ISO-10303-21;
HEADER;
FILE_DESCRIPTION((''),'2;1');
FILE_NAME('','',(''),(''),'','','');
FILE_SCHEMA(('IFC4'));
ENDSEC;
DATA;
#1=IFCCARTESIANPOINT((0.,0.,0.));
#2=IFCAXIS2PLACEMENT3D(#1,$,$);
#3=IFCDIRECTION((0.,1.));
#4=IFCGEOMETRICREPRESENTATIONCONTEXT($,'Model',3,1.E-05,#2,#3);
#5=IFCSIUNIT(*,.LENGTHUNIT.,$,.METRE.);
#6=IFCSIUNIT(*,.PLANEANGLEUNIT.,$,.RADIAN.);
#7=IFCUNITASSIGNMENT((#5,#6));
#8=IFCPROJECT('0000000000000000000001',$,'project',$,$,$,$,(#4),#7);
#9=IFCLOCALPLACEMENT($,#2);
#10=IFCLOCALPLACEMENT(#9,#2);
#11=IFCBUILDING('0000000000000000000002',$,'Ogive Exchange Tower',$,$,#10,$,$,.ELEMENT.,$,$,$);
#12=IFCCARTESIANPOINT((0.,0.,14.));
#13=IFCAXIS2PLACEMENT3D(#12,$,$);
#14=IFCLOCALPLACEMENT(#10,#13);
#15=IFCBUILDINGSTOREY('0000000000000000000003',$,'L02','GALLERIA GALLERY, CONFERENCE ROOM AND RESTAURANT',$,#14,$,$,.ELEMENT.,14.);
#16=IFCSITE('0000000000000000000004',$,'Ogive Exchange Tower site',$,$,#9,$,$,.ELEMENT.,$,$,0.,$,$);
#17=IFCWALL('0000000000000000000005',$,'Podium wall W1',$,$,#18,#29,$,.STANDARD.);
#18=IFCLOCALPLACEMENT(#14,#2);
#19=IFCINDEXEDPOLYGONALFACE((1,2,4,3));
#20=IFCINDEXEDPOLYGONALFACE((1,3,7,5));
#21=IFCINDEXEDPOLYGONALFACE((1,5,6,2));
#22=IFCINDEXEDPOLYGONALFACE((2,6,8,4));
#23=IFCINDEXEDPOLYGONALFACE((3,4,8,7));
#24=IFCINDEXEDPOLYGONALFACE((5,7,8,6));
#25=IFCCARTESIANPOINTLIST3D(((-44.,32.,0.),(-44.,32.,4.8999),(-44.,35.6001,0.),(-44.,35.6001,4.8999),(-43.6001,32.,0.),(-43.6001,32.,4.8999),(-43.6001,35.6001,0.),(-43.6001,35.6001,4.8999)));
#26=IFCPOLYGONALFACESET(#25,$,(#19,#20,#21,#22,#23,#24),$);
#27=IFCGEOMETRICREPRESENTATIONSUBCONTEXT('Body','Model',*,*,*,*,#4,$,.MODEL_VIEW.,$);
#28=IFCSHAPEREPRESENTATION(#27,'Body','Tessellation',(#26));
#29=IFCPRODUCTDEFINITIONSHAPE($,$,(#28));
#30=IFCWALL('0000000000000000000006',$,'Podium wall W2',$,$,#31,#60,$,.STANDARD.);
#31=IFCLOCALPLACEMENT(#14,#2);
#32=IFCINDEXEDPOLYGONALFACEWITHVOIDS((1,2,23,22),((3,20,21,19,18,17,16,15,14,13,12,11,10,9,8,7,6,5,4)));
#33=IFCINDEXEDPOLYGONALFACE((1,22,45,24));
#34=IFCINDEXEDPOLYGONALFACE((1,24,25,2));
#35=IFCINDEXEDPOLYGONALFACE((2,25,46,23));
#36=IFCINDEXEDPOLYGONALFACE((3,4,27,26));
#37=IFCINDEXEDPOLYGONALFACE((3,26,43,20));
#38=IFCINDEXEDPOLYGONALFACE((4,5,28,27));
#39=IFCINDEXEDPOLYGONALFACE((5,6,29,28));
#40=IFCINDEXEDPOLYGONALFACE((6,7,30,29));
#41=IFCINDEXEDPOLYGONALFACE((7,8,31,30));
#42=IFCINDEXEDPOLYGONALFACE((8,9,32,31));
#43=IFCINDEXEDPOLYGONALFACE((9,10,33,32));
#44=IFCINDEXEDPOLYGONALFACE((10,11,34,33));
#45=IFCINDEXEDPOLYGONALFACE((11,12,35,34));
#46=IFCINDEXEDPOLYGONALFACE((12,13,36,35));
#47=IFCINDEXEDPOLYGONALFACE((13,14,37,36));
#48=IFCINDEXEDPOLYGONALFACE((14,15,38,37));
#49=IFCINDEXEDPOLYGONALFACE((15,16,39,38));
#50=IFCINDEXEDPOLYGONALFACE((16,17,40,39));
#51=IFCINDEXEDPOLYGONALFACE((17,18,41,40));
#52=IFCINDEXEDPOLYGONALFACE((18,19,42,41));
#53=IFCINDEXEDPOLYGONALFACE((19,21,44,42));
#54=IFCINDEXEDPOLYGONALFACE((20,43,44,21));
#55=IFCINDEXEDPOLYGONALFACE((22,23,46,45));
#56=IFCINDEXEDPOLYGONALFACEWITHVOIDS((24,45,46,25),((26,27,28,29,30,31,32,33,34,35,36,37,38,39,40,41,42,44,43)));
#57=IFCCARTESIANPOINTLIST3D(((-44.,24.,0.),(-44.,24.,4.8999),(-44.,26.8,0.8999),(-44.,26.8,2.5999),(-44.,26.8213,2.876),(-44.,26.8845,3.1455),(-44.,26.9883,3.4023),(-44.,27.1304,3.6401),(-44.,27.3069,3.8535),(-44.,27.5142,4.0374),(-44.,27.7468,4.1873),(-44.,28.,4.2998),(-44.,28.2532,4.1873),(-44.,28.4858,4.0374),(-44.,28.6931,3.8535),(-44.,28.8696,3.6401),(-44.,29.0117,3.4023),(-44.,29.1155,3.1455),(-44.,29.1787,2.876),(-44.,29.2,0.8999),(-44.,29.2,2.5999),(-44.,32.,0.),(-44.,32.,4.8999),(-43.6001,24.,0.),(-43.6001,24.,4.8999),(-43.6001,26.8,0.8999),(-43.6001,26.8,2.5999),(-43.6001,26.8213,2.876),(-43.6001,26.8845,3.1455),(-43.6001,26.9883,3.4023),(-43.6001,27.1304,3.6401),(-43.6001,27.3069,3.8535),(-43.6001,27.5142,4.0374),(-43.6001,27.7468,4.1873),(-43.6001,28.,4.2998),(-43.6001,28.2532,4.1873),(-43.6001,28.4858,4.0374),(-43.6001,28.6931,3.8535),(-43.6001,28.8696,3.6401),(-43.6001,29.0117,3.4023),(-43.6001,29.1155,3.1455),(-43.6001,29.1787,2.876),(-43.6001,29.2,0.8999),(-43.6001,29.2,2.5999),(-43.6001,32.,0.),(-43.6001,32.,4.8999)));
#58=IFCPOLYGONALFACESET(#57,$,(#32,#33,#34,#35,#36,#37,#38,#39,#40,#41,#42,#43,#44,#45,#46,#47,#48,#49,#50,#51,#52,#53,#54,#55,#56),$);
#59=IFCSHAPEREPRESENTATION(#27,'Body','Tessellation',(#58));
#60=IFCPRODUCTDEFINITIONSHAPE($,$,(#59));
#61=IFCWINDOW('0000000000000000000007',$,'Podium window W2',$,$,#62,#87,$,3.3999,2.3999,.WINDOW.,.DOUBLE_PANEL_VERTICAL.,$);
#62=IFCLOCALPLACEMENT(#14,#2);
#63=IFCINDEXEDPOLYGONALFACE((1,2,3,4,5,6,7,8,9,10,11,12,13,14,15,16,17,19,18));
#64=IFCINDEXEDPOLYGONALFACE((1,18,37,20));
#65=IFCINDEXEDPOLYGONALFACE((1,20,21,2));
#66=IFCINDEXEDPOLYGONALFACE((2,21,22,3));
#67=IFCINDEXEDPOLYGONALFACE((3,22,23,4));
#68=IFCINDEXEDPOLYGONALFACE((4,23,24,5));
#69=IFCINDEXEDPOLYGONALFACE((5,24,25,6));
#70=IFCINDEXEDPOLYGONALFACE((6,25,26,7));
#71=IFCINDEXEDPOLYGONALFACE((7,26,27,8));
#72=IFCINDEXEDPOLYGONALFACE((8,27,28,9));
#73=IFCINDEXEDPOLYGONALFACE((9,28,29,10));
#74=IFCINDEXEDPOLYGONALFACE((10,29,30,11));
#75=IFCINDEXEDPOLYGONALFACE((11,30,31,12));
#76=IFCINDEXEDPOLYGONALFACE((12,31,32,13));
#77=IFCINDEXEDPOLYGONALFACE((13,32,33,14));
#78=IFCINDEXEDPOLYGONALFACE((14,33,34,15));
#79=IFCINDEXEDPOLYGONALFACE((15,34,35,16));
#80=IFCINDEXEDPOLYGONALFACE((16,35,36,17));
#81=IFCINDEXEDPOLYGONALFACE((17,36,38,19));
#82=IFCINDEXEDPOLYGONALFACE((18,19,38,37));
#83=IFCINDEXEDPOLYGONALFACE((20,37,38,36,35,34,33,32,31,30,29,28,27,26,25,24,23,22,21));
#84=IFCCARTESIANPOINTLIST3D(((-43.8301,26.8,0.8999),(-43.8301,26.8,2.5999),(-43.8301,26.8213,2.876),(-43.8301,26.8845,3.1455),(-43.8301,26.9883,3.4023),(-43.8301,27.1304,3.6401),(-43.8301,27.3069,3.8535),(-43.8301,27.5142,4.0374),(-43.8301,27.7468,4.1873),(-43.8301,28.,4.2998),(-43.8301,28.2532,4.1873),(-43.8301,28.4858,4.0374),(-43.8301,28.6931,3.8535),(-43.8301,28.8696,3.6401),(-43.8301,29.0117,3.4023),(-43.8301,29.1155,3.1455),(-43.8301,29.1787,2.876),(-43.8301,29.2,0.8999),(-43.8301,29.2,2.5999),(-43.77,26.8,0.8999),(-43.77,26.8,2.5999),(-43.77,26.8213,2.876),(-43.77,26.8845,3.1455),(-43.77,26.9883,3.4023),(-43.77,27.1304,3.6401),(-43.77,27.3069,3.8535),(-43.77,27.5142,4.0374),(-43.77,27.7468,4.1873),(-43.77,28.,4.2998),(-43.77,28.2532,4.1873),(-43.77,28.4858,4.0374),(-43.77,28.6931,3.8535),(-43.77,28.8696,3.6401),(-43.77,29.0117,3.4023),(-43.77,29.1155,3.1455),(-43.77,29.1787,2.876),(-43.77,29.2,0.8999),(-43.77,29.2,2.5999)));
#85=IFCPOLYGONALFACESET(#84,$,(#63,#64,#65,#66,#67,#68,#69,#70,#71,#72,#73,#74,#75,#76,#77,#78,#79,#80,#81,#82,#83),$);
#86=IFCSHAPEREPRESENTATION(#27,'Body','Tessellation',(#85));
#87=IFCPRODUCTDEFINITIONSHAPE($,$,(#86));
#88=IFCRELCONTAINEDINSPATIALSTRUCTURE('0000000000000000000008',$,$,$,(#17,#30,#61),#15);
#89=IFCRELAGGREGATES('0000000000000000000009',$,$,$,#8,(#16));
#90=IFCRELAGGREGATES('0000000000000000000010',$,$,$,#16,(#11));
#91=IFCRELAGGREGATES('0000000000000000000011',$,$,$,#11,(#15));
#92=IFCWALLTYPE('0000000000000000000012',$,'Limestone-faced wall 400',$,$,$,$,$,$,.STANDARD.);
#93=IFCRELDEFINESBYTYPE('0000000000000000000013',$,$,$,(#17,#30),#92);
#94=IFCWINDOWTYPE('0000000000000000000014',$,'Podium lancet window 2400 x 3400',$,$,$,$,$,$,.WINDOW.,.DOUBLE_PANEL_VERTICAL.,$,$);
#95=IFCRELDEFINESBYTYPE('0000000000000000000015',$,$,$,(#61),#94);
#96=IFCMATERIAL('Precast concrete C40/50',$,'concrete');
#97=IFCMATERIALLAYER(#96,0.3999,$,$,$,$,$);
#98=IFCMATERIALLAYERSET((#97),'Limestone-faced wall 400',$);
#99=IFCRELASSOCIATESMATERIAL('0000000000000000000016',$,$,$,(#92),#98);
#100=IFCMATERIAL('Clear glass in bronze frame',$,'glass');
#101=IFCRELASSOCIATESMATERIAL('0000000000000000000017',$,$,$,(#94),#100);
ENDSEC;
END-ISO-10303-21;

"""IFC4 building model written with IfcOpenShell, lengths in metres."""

from ifc_helpers import new_model, si_unit, direction, frame, frame_2d, origin, place, context, subcontext, project, spatial, polyline, rectangle, outline, extrude, material, layer, layer_set, type_object, element, fill, save


model = new_model("IFC4")

# Units and contexts
model_context = context("Model", 3, precision=1e-05, world=origin(), true_north=direction((0.0, 1.0)))
body_context = subcontext(model_context, "Body", "Model", "MODEL_VIEW")
ifc_project = project(units=[si_unit("LENGTHUNIT", "METRE"), si_unit("PLANEANGLEUNIT", "RADIAN")], contexts=[model_context])

# Site, building, storey
site_placement = place(None, origin())
site = spatial("IfcSite", under=ifc_project, at=site_placement, Name="Ogive Exchange Tower site", CompositionType="ELEMENT", RefElevation=0.0)
building_placement = place(site_placement, origin())
building = spatial("IfcBuilding", under=site, at=building_placement, Name="Ogive Exchange Tower", CompositionType="ELEMENT")
storey_placement = place(building_placement, frame((0.0, 0.0, 14.0)))
storey = spatial("IfcBuildingStorey", under=building, at=storey_placement, Name="L02", Description="GALLERIA GALLERY, CONFERENCE ROOM AND RESTAURANT", CompositionType="ELEMENT", Elevation=14.0)

# Wall
ifc_material_1 = material(Name="Precast concrete C40/50", Category="concrete")
ifc_layer_1 = layer(ifc_material_1, 0.3999)
ifc_layer_set_1 = layer_set([ifc_layer_1], Name="Limestone-faced wall 400")
wall_type_1 = type_object("IfcWallType", Name="Limestone-faced wall 400", PredefinedType="STANDARD", material=ifc_layer_set_1)
wall_1_placement = place(storey_placement, frame((-43.8, 35.6001, 0.0), z_axis=(0.0, 0.0, 1.0), x_axis=(0.0, -1.0, 0.0)))
element("IfcWall", 1, at=wall_1_placement, inside=storey, type_object=wall_type_1, Name="Podium wall W1", PredefinedType="STANDARD", context=body_context, shape_type="SweptSolid", body=[
    extrude(rectangle(XDim=3.6001, YDim=0.3999, at=frame_2d((1.8, 0.0))), origin(), (0.0, 0.0, 1.0), 4.8999),
])

# Wall, opening, window
wall_2_placement = place(storey_placement, frame((-43.8, 32.0, 0.0), z_axis=(0.0, 0.0, 1.0), x_axis=(0.0, -1.0, 0.0)))
wall_2 = element("IfcWall", 2, at=wall_2_placement, inside=storey, type_object=wall_type_1, Name="Podium wall W2", PredefinedType="STANDARD", context=body_context, shape_type="SweptSolid", body=[
    extrude(rectangle(XDim=8.0, YDim=0.3999, at=frame_2d((4.0, 0.0))), origin(), (0.0, 0.0, 1.0), 4.8999),
])
opening_1_placement = place(wall_2_placement, frame((2.8, 0.0, 0.8999)))
opening_1 = element("IfcOpeningElement", 3, at=opening_1_placement, cuts=wall_2, PredefinedType="OPENING", context=body_context, shape_type="SweptSolid", body=[
    extrude(outline(polyline([(0.0, 0.0), (2.3999, 0.0), (2.3999, 1.7), (2.3787, 1.9761), (2.3154, 2.2456), (2.2117, 2.5024), (2.0696, 2.7402), (1.8931, 2.9536), (1.6858, 3.1375), (1.4531, 3.2874), (1.2, 3.3999), (0.9468, 3.2874), (0.7141, 3.1375), (0.5068, 2.9536), (0.3303, 2.7402), (0.1882, 2.5024), (0.0845, 2.2456), (0.0212, 1.9761), (0.0, 1.7), (0.0, 0.0)])), frame((0.0, 0.21, 0.0), z_axis=(0.0, -1.0, 0.0), x_axis=(1.0, 0.0, 0.0)), (0.0, 0.0, 1.0), 0.4199),
])
ifc_material_2 = material(Name="Clear glass in bronze frame", Category="glass")
window_type_1 = type_object("IfcWindowType", Name="Podium lancet window 2400 x 3400", PartitioningType="DOUBLE_PANEL_VERTICAL", PredefinedType="WINDOW", material=ifc_material_2)
window_1_placement = place(opening_1_placement, origin())
window_1 = element("IfcWindow", 4, at=window_1_placement, inside=storey, type_object=window_type_1, Name="Podium window W2", OverallHeight=3.3999, OverallWidth=2.3999, PartitioningType="DOUBLE_PANEL_VERTICAL", PredefinedType="WINDOW", context=body_context, shape_type="SweptSolid", body=[
    extrude(outline(polyline([(0.0, 0.0), (2.3999, 0.0), (2.3999, 1.7), (2.3787, 1.9761), (2.3154, 2.2456), (2.2117, 2.5024), (2.0696, 2.7402), (1.8931, 2.9536), (1.6858, 3.1375), (1.4531, 3.2874), (1.2, 3.3999), (0.9468, 3.2874), (0.7141, 3.1375), (0.5068, 2.9536), (0.3303, 2.7402), (0.1882, 2.5024), (0.0845, 2.2456), (0.0212, 1.9761), (0.0, 1.7), (0.0, 0.0)])), frame((0.0, 0.03, 0.0), z_axis=(0.0, -1.0, 0.0), x_axis=(1.0, 0.0, 0.0)), (0.0, 0.0, 1.0), 0.0601),
])
fill(opening_1, window_1)

save(model, "model.ifc")
